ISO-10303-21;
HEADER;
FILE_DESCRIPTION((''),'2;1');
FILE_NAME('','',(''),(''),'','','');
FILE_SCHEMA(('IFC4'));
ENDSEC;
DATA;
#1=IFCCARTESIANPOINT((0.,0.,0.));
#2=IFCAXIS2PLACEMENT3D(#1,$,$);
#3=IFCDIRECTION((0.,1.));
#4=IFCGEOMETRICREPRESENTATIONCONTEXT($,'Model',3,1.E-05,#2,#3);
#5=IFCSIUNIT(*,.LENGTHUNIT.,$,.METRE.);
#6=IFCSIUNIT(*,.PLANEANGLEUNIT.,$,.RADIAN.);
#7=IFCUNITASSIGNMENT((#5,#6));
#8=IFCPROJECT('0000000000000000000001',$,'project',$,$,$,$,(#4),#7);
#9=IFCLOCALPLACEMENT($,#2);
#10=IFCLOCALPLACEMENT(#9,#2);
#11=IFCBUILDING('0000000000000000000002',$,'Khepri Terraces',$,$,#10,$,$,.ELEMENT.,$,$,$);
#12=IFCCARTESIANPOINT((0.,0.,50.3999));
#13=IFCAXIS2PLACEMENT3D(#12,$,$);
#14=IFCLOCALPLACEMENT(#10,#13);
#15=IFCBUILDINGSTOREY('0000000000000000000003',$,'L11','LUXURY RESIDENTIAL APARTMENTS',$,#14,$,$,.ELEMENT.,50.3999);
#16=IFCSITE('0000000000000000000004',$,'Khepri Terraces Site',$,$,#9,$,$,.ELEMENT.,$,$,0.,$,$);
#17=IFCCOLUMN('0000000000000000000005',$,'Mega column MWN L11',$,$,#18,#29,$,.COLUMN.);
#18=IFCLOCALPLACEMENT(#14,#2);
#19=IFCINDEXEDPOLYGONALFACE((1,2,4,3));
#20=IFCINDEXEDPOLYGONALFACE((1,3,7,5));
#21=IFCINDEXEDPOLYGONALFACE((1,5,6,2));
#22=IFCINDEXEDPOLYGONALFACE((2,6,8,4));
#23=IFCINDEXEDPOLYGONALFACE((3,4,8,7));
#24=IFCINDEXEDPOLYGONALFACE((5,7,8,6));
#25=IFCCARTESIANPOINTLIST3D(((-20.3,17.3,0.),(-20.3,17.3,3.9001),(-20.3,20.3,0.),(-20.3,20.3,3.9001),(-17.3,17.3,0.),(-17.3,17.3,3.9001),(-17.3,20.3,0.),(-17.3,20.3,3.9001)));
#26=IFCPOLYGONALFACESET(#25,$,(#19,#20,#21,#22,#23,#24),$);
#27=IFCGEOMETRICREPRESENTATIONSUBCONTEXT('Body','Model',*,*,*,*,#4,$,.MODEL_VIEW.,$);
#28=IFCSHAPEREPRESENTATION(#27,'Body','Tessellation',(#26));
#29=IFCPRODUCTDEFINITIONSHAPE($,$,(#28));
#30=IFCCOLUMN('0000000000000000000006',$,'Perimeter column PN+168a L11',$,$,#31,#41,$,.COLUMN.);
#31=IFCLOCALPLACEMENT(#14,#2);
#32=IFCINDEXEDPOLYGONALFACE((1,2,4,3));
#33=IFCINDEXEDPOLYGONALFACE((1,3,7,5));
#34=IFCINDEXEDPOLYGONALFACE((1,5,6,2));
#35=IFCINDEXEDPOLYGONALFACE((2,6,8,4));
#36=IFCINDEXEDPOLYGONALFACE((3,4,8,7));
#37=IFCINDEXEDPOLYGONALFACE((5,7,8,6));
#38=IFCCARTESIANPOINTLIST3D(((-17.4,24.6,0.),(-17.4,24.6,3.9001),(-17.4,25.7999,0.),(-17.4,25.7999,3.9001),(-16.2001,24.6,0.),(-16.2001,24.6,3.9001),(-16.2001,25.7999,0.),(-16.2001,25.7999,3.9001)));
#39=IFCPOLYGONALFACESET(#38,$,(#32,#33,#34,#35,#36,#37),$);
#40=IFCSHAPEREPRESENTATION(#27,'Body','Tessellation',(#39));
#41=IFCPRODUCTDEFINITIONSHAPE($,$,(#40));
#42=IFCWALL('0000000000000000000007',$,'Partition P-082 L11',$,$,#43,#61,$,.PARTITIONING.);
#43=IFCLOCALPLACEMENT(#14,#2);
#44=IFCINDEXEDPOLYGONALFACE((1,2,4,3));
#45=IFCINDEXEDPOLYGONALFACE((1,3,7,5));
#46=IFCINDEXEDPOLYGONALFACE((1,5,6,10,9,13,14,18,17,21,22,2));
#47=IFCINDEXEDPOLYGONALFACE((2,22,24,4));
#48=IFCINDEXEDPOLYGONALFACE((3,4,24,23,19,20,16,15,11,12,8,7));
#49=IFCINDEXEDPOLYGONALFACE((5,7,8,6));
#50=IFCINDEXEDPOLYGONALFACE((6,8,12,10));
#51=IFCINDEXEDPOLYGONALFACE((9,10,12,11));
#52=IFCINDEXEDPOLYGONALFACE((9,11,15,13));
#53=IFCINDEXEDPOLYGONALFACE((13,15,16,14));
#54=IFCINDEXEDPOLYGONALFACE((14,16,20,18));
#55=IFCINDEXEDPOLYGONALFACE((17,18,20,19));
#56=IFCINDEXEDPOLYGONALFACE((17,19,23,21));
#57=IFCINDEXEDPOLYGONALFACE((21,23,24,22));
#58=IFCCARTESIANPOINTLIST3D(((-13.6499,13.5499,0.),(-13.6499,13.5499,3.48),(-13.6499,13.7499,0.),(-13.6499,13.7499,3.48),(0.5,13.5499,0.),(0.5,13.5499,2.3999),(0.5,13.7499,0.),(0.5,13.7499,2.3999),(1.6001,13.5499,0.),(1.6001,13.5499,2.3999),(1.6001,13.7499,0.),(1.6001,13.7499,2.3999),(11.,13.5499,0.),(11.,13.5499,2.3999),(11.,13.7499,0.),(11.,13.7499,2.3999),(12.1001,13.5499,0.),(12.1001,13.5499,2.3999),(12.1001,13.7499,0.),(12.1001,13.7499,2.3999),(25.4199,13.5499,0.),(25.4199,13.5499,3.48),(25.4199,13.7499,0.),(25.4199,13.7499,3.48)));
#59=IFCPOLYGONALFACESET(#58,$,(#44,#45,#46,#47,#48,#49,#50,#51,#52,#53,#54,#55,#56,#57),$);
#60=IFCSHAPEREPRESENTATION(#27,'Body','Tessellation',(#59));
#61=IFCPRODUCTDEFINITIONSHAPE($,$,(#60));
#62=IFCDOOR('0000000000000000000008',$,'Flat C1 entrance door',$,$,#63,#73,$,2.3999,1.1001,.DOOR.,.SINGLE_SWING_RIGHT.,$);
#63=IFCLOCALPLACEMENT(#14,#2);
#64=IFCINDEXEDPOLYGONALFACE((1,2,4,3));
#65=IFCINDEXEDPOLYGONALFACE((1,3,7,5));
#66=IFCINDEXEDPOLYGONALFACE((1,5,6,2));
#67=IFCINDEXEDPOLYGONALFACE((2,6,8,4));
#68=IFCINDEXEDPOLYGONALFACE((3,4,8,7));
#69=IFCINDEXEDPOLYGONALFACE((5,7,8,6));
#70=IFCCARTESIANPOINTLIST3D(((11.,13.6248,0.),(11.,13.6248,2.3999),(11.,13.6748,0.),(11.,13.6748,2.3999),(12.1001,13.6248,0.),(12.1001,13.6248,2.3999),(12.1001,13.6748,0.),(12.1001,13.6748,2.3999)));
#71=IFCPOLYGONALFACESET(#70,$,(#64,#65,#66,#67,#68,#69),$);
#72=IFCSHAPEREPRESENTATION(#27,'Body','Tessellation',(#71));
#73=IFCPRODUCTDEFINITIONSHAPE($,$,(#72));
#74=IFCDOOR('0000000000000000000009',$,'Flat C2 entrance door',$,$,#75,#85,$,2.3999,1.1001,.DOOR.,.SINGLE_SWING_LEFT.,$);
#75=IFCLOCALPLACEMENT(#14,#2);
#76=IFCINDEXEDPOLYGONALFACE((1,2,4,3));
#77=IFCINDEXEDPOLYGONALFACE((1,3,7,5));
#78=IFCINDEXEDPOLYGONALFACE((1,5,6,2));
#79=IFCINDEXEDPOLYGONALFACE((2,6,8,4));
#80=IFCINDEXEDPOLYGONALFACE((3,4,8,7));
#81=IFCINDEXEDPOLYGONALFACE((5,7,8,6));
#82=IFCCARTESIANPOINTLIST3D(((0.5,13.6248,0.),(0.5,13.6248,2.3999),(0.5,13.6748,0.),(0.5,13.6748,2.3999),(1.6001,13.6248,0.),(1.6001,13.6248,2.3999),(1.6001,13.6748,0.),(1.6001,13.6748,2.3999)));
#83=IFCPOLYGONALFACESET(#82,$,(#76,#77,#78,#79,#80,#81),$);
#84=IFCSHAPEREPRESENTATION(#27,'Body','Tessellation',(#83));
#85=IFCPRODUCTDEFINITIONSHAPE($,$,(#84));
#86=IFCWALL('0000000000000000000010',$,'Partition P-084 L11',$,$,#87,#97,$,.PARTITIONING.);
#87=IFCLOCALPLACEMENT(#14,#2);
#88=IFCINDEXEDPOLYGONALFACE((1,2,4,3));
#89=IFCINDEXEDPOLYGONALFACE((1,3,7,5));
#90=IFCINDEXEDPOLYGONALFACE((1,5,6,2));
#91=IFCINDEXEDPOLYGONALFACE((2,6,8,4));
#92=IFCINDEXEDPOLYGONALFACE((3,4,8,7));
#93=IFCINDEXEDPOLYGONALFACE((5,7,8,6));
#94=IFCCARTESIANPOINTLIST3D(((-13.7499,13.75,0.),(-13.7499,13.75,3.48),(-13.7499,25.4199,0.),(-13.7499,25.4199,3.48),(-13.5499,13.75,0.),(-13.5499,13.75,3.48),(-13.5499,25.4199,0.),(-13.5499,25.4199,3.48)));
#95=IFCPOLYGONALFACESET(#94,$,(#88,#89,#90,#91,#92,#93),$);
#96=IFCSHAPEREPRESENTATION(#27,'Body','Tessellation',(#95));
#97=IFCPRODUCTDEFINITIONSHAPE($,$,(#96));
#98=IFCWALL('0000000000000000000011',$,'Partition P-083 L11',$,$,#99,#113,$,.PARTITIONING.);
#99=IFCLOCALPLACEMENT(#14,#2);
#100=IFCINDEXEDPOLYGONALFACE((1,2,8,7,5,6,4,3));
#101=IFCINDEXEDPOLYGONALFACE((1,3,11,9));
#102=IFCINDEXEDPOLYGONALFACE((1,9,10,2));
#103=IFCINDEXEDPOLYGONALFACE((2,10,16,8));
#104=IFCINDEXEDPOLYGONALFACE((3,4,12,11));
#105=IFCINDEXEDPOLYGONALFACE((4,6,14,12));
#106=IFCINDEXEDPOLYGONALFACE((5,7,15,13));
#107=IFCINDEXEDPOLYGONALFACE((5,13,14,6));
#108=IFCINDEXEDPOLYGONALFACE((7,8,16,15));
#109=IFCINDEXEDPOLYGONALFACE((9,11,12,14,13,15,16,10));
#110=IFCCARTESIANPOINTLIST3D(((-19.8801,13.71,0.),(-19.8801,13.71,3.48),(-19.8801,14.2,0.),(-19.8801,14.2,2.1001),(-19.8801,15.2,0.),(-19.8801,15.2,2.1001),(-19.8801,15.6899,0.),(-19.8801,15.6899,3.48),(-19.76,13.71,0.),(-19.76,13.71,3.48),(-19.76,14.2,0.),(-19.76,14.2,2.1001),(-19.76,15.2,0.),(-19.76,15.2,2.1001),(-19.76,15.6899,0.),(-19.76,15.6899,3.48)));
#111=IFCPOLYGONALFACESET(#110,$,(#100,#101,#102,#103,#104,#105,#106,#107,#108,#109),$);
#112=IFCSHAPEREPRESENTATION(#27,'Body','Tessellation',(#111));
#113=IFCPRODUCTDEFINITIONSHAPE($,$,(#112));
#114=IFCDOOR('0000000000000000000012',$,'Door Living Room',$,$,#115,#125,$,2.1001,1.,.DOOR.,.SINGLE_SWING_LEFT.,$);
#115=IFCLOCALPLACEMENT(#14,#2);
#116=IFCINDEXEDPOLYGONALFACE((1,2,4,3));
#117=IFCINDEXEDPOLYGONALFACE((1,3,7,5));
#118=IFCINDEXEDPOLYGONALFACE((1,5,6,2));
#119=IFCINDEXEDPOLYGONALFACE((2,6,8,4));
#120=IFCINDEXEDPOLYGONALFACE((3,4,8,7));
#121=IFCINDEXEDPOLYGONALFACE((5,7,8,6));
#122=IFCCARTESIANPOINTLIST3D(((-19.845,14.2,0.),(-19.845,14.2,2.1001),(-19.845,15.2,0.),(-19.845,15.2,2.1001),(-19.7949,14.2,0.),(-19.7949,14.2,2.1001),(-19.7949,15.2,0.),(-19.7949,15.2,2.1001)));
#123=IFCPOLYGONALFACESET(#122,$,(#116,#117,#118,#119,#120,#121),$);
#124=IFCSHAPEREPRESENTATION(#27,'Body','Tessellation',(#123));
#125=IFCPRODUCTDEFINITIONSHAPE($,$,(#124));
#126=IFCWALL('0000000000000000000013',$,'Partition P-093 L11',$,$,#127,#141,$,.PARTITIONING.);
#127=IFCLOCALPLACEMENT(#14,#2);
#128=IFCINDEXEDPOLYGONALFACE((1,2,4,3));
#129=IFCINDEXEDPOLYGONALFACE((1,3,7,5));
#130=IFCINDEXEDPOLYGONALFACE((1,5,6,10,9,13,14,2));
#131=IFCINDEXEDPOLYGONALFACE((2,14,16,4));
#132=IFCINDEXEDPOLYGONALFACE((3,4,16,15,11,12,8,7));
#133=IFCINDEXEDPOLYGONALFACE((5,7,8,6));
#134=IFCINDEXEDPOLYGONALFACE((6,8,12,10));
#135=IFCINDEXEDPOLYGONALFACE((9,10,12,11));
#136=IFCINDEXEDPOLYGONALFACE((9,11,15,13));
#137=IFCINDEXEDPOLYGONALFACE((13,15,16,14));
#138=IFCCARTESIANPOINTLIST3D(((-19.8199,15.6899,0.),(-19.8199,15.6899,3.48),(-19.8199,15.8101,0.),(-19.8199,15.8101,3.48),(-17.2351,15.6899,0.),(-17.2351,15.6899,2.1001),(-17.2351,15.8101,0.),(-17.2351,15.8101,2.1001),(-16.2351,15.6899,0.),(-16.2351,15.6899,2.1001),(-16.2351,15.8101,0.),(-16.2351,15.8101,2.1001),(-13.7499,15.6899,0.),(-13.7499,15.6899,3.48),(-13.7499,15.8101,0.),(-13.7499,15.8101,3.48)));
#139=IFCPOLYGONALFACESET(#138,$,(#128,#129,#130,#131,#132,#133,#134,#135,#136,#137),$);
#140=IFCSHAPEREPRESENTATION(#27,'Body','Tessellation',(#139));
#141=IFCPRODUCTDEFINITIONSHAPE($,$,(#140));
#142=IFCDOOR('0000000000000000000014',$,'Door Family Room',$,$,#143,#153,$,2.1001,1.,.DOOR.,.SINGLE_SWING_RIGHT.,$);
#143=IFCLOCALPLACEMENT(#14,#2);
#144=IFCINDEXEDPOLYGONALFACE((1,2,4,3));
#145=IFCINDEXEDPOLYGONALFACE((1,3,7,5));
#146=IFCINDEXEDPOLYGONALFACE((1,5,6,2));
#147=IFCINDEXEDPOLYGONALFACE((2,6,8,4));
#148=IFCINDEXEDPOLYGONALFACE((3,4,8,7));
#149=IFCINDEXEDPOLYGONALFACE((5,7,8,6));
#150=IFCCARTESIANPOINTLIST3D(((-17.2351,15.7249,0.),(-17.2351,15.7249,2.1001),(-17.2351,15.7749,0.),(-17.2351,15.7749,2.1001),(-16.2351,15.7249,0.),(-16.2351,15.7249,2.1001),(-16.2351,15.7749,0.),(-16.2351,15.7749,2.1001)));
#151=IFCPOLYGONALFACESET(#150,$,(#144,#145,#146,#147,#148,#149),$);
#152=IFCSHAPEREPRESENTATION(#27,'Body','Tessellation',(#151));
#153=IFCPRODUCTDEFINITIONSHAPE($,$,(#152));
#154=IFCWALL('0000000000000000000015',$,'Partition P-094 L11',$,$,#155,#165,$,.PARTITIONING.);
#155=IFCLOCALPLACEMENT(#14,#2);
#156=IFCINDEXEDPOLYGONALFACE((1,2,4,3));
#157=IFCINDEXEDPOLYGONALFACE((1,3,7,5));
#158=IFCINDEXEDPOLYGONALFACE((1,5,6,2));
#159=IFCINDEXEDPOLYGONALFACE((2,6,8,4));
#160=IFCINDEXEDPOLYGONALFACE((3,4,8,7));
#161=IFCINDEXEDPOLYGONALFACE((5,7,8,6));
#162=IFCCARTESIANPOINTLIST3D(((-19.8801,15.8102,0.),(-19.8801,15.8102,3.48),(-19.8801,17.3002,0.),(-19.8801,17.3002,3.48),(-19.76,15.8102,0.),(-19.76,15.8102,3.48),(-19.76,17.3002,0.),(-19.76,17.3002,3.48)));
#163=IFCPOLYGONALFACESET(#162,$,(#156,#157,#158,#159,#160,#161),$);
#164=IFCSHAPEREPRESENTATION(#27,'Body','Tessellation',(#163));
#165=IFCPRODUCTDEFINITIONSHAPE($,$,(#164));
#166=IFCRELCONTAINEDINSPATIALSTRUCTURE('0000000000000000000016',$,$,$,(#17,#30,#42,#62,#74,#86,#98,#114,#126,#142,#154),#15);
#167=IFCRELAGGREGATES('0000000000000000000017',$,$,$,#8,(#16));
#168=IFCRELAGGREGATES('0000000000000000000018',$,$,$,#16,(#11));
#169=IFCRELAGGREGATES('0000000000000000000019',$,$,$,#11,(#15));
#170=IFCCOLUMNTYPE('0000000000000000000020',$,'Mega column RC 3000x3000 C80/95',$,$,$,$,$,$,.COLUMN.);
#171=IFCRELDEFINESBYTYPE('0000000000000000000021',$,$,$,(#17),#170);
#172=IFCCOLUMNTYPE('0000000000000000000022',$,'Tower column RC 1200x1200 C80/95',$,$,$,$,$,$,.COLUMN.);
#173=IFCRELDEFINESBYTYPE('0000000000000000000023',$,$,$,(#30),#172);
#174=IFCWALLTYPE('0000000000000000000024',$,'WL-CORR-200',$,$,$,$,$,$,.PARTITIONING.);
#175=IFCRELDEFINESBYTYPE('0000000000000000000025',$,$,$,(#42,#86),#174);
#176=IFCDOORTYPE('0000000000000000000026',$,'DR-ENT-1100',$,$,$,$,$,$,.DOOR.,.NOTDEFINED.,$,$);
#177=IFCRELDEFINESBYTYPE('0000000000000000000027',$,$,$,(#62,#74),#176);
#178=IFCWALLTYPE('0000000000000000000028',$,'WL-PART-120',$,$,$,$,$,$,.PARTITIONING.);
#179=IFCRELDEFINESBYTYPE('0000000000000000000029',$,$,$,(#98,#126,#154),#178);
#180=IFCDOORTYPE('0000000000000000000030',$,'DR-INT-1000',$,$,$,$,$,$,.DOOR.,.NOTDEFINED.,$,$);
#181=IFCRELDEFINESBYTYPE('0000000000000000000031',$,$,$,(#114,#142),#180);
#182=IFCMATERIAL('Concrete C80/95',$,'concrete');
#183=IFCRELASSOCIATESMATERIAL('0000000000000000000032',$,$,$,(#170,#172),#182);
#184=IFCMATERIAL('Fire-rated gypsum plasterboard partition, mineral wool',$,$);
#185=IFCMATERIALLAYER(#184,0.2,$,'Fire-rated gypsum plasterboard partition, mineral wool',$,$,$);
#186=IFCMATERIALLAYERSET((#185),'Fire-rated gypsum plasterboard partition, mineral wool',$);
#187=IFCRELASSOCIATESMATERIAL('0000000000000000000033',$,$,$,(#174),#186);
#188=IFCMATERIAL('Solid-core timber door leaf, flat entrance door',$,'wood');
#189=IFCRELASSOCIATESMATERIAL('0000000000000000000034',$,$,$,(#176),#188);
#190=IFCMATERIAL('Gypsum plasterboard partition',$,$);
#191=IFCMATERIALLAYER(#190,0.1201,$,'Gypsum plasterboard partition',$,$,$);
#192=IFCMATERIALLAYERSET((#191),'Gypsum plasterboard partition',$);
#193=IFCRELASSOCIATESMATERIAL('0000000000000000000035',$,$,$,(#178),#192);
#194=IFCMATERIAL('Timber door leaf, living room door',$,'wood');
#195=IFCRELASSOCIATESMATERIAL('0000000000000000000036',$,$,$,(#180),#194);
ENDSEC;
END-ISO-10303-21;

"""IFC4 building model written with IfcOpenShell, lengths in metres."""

from ifc_helpers import new_model, si_unit, direction, frame, frame_2d, origin, origin_2d, place, context, subcontext, project, spatial, rectangle, extrude, material, layer, layer_set, material_profile, profile_set, type_object, element, fill, save


model = new_model("IFC4")

# Units and contexts
model_context = context("Model", 3, precision=1e-05, world=origin(), true_north=direction((0.0, 1.0)))
body_context = subcontext(model_context, "Body", "Model", "MODEL_VIEW")
ifc_project = project(units=[si_unit("LENGTHUNIT", "METRE"), si_unit("PLANEANGLEUNIT", "RADIAN")], contexts=[model_context])

# Site, building, storey
site_placement = place(None, origin())
site = spatial("IfcSite", under=ifc_project, at=site_placement, Name="Khepri Terraces Site", CompositionType="ELEMENT", RefElevation=0.0)
building_placement = place(site_placement, origin())
building = spatial("IfcBuilding", under=site, at=building_placement, Name="Khepri Terraces", CompositionType="ELEMENT")
storey_placement = place(building_placement, frame((0.0, 0.0, 50.3999)))
storey = spatial("IfcBuildingStorey", under=building, at=storey_placement, Name="L11", Description="LUXURY RESIDENTIAL APARTMENTS", CompositionType="ELEMENT", Elevation=50.3999)

# Columns
ifc_material_1 = material(Name="Concrete C80/95", Category="concrete")
ifc_material_profile_1 = material_profile(ifc_material_1, rectangle(XDim=3.0, YDim=3.0, at=origin_2d()), Name="Concrete C80/95", Category="concrete")
ifc_profile_set_1 = profile_set([ifc_material_profile_1], Name="Concrete C80/95")
column_type_1 = type_object("IfcColumnType", Name="Mega column RC 3000x3000 C80/95", PredefinedType="COLUMN", material=ifc_profile_set_1)
column_1_placement = place(storey_placement, frame((-18.8, 18.8, 0.0), z_axis=(0.0, 0.0, 1.0), x_axis=(1.0, 0.0, 0.0)))
element("IfcColumn", 1, at=column_1_placement, inside=storey, type_object=column_type_1, Name="Mega column MWN L11", PredefinedType="COLUMN", context=body_context, shape_type="SweptSolid", body=[
    extrude(rectangle(XDim=3.0, YDim=3.0, at=origin_2d()), origin(), (0.0, 0.0, 1.0), 3.9001),
])
ifc_material_profile_2 = material_profile(ifc_material_1, rectangle(XDim=1.2, YDim=1.2, at=origin_2d()), Name="Concrete C80/95", Category="concrete")
ifc_profile_set_2 = profile_set([ifc_material_profile_2], Name="Concrete C80/95")
column_type_2 = type_object("IfcColumnType", Name="Tower column RC 1200x1200 C80/95", PredefinedType="COLUMN", material=ifc_profile_set_2)
column_2_placement = place(storey_placement, frame((-16.8, 25.2, 0.0), z_axis=(0.0, 0.0, 1.0), x_axis=(1.0, 0.0, 0.0)))
element("IfcColumn", 2, at=column_2_placement, inside=storey, type_object=column_type_2, Name="Perimeter column PN+168a L11", PredefinedType="COLUMN", context=body_context, shape_type="SweptSolid", body=[
    extrude(rectangle(XDim=1.2, YDim=1.2, at=origin_2d()), origin(), (0.0, 0.0, 1.0), 3.9001),
])

# Wall, openings, doors
ifc_material_2 = material(Name="Fire-rated gypsum plasterboard partition, mineral wool")
ifc_layer_1 = layer(ifc_material_2, 0.2, Name="Fire-rated gypsum plasterboard partition, mineral wool")
ifc_layer_set_1 = layer_set([ifc_layer_1], Name="Fire-rated gypsum plasterboard partition, mineral wool")
wall_type_1 = type_object("IfcWallType", Name="WL-CORR-200", PredefinedType="PARTITIONING", material=ifc_layer_set_1)
wall_1_placement = place(storey_placement, frame((-13.6499, 13.6499, 0.0), z_axis=(0.0, 0.0, 1.0), x_axis=(1.0, 0.0, 0.0)))
wall_1 = element("IfcWall", 3, at=wall_1_placement, inside=storey, type_object=wall_type_1, Name="Partition P-082 L11", PredefinedType="PARTITIONING", context=body_context, shape_type="SweptSolid", body=[
    extrude(rectangle(XDim=39.0698, YDim=0.2, at=frame_2d((19.5349, 0.0))), origin(), (0.0, 0.0, 1.0), 3.48),
])
opening_1_placement = place(wall_1_placement, frame((24.6499, 0.0, 0.0)))
opening_1 = element("IfcOpeningElement", 4, at=opening_1_placement, cuts=wall_1, PredefinedType="OPENING", context=body_context, shape_type="SweptSolid", body=[
    extrude(rectangle(XDim=1.1001, YDim=2.3999, at=frame_2d((0.55, 1.2))), frame((0.0, 0.1099, 0.0), z_axis=(0.0, -1.0, 0.0), x_axis=(1.0, 0.0, 0.0)), (0.0, 0.0, 1.0), 0.22),
])
opening_2_placement = place(wall_1_placement, frame((14.1499, 0.0, 0.0)))
opening_2 = element("IfcOpeningElement", 5, at=opening_2_placement, cuts=wall_1, PredefinedType="OPENING", context=body_context, shape_type="SweptSolid", body=[
    extrude(rectangle(XDim=1.1001, YDim=2.3999, at=frame_2d((0.55, 1.2))), frame((0.0, 0.1099, 0.0), z_axis=(0.0, -1.0, 0.0), x_axis=(1.0, 0.0, 0.0)), (0.0, 0.0, 1.0), 0.22),
])
ifc_material_3 = material(Name="Solid-core timber door leaf, flat entrance door", Category="wood")
door_type_1 = type_object("IfcDoorType", Name="DR-ENT-1100", OperationType="NOTDEFINED", PredefinedType="DOOR", material=ifc_material_3)
door_1_placement = place(opening_1_placement, origin())
door_1 = element("IfcDoor", 6, at=door_1_placement, inside=storey, type_object=door_type_1, Name="Flat C1 entrance door", OperationType="SINGLE_SWING_RIGHT", OverallHeight=2.3999, OverallWidth=1.1001, PredefinedType="DOOR", context=body_context, shape_type="SweptSolid", body=[
    extrude(rectangle(XDim=1.1001, YDim=2.3999, at=frame_2d((0.55, 1.2))), frame((0.0, 0.0249, 0.0), z_axis=(0.0, -1.0, 0.0), x_axis=(1.0, 0.0, 0.0)), (0.0, 0.0, 1.0), 0.05),
])
fill(opening_1, door_1)
door_2_placement = place(opening_2_placement, origin())
door_2 = element("IfcDoor", 7, at=door_2_placement, inside=storey, type_object=door_type_1, Name="Flat C2 entrance door", OperationType="SINGLE_SWING_LEFT", OverallHeight=2.3999, OverallWidth=1.1001, PredefinedType="DOOR", context=body_context, shape_type="SweptSolid", body=[
    extrude(rectangle(XDim=1.1001, YDim=2.3999, at=frame_2d((0.55, 1.2))), frame((0.0, 0.0249, 0.0), z_axis=(0.0, -1.0, 0.0), x_axis=(1.0, 0.0, 0.0)), (0.0, 0.0, 1.0), 0.05),
])
fill(opening_2, door_2)

# Wall
wall_2_placement = place(storey_placement, frame((-13.6499, 13.75, 0.0), z_axis=(0.0, 0.0, 1.0), x_axis=(0.0, 1.0, 0.0)))
element("IfcWall", 8, at=wall_2_placement, inside=storey, type_object=wall_type_1, Name="Partition P-084 L11", PredefinedType="PARTITIONING", context=body_context, shape_type="SweptSolid", body=[
    extrude(rectangle(XDim=11.6699, YDim=0.2, at=frame_2d((5.835, 0.0))), origin(), (0.0, 0.0, 1.0), 3.48),
])

# Walls, openings, doors
ifc_material_4 = material(Name="Gypsum plasterboard partition")
ifc_layer_2 = layer(ifc_material_4, 0.1201, Name="Gypsum plasterboard partition")
ifc_layer_set_2 = layer_set([ifc_layer_2], Name="Gypsum plasterboard partition")
wall_type_2 = type_object("IfcWallType", Name="WL-PART-120", PredefinedType="PARTITIONING", material=ifc_layer_set_2)
wall_3_placement = place(storey_placement, frame((-19.8201, 13.71, 0.0), z_axis=(0.0, 0.0, 1.0), x_axis=(0.0, 1.0, 0.0)))
wall_3 = element("IfcWall", 9, at=wall_3_placement, inside=storey, type_object=wall_type_2, Name="Partition P-083 L11", PredefinedType="PARTITIONING", context=body_context, shape_type="SweptSolid", body=[
    extrude(rectangle(XDim=1.98, YDim=0.1201, at=frame_2d((0.99, 0.0))), origin(), (0.0, 0.0, 1.0), 3.48),
])
opening_3_placement = place(wall_3_placement, frame((0.49, 0.0, 0.0)))
opening_3 = element("IfcOpeningElement", 10, at=opening_3_placement, cuts=wall_3, PredefinedType="OPENING", context=body_context, shape_type="SweptSolid", body=[
    extrude(rectangle(XDim=1.0, YDim=2.1001, at=frame_2d((0.5, 1.05))), frame((0.0, 0.0701, 0.0), z_axis=(0.0, -1.0, 0.0), x_axis=(1.0, 0.0, 0.0)), (0.0, 0.0, 1.0), 0.1401),
])
ifc_material_5 = material(Name="Timber door leaf, living room door", Category="wood")
door_type_2 = type_object("IfcDoorType", Name="DR-INT-1000", OperationType="NOTDEFINED", PredefinedType="DOOR", material=ifc_material_5)
door_3_placement = place(opening_3_placement, origin())
door_3 = element("IfcDoor", 11, at=door_3_placement, inside=storey, type_object=door_type_2, Name="Door Living Room", OperationType="SINGLE_SWING_LEFT", OverallHeight=2.1001, OverallWidth=1.0, PredefinedType="DOOR", context=body_context, shape_type="SweptSolid", body=[
    extrude(rectangle(XDim=1.0, YDim=2.1001, at=frame_2d((0.5, 1.05))), frame((0.0, 0.0249, 0.0), z_axis=(0.0, -1.0, 0.0), x_axis=(1.0, 0.0, 0.0)), (0.0, 0.0, 1.0), 0.05),
])
fill(opening_3, door_3)
wall_4_placement = place(storey_placement, frame((-19.8201, 15.75, 0.0), z_axis=(0.0, 0.0, 1.0), x_axis=(1.0, 0.0, 0.0)))
wall_4 = element("IfcWall", 12, at=wall_4_placement, inside=storey, type_object=wall_type_2, Name="Partition P-093 L11", PredefinedType="PARTITIONING", context=body_context, shape_type="SweptSolid", body=[
    extrude(rectangle(XDim=6.0701, YDim=0.1201, at=frame_2d((3.0352, 0.0))), origin(), (0.0, 0.0, 1.0), 3.48),
])
opening_4_placement = place(wall_4_placement, frame((2.585, 0.0, 0.0)))
opening_4 = element("IfcOpeningElement", 13, at=opening_4_placement, cuts=wall_4, PredefinedType="OPENING", context=body_context, shape_type="SweptSolid", body=[
    extrude(rectangle(XDim=1.0, YDim=2.1001, at=frame_2d((0.5, 1.05))), frame((0.0, 0.0701, 0.0), z_axis=(0.0, -1.0, 0.0), x_axis=(1.0, 0.0, 0.0)), (0.0, 0.0, 1.0), 0.1401),
])
door_4_placement = place(opening_4_placement, origin())
door_4 = element("IfcDoor", 14, at=door_4_placement, inside=storey, type_object=door_type_2, Name="Door Family Room", OperationType="SINGLE_SWING_RIGHT", OverallHeight=2.1001, OverallWidth=1.0, PredefinedType="DOOR", context=body_context, shape_type="SweptSolid", body=[
    extrude(rectangle(XDim=1.0, YDim=2.1001, at=frame_2d((0.5, 1.05))), frame((0.0, 0.0249, 0.0), z_axis=(0.0, -1.0, 0.0), x_axis=(1.0, 0.0, 0.0)), (0.0, 0.0, 1.0), 0.05),
])
fill(opening_4, door_4)

# Wall
wall_5_placement = place(storey_placement, frame((-19.8201, 15.8101, 0.0), z_axis=(0.0, 0.0, 1.0), x_axis=(0.0, 1.0, 0.0)))
element("IfcWall", 15, at=wall_5_placement, inside=storey, type_object=wall_type_2, Name="Partition P-094 L11", PredefinedType="PARTITIONING", context=body_context, shape_type="SweptSolid", body=[
    extrude(rectangle(XDim=1.49, YDim=0.1201, at=frame_2d((0.7451, 0.0))), origin(), (0.0, 0.0, 1.0), 3.48),
])

save(model, "model.ifc")
